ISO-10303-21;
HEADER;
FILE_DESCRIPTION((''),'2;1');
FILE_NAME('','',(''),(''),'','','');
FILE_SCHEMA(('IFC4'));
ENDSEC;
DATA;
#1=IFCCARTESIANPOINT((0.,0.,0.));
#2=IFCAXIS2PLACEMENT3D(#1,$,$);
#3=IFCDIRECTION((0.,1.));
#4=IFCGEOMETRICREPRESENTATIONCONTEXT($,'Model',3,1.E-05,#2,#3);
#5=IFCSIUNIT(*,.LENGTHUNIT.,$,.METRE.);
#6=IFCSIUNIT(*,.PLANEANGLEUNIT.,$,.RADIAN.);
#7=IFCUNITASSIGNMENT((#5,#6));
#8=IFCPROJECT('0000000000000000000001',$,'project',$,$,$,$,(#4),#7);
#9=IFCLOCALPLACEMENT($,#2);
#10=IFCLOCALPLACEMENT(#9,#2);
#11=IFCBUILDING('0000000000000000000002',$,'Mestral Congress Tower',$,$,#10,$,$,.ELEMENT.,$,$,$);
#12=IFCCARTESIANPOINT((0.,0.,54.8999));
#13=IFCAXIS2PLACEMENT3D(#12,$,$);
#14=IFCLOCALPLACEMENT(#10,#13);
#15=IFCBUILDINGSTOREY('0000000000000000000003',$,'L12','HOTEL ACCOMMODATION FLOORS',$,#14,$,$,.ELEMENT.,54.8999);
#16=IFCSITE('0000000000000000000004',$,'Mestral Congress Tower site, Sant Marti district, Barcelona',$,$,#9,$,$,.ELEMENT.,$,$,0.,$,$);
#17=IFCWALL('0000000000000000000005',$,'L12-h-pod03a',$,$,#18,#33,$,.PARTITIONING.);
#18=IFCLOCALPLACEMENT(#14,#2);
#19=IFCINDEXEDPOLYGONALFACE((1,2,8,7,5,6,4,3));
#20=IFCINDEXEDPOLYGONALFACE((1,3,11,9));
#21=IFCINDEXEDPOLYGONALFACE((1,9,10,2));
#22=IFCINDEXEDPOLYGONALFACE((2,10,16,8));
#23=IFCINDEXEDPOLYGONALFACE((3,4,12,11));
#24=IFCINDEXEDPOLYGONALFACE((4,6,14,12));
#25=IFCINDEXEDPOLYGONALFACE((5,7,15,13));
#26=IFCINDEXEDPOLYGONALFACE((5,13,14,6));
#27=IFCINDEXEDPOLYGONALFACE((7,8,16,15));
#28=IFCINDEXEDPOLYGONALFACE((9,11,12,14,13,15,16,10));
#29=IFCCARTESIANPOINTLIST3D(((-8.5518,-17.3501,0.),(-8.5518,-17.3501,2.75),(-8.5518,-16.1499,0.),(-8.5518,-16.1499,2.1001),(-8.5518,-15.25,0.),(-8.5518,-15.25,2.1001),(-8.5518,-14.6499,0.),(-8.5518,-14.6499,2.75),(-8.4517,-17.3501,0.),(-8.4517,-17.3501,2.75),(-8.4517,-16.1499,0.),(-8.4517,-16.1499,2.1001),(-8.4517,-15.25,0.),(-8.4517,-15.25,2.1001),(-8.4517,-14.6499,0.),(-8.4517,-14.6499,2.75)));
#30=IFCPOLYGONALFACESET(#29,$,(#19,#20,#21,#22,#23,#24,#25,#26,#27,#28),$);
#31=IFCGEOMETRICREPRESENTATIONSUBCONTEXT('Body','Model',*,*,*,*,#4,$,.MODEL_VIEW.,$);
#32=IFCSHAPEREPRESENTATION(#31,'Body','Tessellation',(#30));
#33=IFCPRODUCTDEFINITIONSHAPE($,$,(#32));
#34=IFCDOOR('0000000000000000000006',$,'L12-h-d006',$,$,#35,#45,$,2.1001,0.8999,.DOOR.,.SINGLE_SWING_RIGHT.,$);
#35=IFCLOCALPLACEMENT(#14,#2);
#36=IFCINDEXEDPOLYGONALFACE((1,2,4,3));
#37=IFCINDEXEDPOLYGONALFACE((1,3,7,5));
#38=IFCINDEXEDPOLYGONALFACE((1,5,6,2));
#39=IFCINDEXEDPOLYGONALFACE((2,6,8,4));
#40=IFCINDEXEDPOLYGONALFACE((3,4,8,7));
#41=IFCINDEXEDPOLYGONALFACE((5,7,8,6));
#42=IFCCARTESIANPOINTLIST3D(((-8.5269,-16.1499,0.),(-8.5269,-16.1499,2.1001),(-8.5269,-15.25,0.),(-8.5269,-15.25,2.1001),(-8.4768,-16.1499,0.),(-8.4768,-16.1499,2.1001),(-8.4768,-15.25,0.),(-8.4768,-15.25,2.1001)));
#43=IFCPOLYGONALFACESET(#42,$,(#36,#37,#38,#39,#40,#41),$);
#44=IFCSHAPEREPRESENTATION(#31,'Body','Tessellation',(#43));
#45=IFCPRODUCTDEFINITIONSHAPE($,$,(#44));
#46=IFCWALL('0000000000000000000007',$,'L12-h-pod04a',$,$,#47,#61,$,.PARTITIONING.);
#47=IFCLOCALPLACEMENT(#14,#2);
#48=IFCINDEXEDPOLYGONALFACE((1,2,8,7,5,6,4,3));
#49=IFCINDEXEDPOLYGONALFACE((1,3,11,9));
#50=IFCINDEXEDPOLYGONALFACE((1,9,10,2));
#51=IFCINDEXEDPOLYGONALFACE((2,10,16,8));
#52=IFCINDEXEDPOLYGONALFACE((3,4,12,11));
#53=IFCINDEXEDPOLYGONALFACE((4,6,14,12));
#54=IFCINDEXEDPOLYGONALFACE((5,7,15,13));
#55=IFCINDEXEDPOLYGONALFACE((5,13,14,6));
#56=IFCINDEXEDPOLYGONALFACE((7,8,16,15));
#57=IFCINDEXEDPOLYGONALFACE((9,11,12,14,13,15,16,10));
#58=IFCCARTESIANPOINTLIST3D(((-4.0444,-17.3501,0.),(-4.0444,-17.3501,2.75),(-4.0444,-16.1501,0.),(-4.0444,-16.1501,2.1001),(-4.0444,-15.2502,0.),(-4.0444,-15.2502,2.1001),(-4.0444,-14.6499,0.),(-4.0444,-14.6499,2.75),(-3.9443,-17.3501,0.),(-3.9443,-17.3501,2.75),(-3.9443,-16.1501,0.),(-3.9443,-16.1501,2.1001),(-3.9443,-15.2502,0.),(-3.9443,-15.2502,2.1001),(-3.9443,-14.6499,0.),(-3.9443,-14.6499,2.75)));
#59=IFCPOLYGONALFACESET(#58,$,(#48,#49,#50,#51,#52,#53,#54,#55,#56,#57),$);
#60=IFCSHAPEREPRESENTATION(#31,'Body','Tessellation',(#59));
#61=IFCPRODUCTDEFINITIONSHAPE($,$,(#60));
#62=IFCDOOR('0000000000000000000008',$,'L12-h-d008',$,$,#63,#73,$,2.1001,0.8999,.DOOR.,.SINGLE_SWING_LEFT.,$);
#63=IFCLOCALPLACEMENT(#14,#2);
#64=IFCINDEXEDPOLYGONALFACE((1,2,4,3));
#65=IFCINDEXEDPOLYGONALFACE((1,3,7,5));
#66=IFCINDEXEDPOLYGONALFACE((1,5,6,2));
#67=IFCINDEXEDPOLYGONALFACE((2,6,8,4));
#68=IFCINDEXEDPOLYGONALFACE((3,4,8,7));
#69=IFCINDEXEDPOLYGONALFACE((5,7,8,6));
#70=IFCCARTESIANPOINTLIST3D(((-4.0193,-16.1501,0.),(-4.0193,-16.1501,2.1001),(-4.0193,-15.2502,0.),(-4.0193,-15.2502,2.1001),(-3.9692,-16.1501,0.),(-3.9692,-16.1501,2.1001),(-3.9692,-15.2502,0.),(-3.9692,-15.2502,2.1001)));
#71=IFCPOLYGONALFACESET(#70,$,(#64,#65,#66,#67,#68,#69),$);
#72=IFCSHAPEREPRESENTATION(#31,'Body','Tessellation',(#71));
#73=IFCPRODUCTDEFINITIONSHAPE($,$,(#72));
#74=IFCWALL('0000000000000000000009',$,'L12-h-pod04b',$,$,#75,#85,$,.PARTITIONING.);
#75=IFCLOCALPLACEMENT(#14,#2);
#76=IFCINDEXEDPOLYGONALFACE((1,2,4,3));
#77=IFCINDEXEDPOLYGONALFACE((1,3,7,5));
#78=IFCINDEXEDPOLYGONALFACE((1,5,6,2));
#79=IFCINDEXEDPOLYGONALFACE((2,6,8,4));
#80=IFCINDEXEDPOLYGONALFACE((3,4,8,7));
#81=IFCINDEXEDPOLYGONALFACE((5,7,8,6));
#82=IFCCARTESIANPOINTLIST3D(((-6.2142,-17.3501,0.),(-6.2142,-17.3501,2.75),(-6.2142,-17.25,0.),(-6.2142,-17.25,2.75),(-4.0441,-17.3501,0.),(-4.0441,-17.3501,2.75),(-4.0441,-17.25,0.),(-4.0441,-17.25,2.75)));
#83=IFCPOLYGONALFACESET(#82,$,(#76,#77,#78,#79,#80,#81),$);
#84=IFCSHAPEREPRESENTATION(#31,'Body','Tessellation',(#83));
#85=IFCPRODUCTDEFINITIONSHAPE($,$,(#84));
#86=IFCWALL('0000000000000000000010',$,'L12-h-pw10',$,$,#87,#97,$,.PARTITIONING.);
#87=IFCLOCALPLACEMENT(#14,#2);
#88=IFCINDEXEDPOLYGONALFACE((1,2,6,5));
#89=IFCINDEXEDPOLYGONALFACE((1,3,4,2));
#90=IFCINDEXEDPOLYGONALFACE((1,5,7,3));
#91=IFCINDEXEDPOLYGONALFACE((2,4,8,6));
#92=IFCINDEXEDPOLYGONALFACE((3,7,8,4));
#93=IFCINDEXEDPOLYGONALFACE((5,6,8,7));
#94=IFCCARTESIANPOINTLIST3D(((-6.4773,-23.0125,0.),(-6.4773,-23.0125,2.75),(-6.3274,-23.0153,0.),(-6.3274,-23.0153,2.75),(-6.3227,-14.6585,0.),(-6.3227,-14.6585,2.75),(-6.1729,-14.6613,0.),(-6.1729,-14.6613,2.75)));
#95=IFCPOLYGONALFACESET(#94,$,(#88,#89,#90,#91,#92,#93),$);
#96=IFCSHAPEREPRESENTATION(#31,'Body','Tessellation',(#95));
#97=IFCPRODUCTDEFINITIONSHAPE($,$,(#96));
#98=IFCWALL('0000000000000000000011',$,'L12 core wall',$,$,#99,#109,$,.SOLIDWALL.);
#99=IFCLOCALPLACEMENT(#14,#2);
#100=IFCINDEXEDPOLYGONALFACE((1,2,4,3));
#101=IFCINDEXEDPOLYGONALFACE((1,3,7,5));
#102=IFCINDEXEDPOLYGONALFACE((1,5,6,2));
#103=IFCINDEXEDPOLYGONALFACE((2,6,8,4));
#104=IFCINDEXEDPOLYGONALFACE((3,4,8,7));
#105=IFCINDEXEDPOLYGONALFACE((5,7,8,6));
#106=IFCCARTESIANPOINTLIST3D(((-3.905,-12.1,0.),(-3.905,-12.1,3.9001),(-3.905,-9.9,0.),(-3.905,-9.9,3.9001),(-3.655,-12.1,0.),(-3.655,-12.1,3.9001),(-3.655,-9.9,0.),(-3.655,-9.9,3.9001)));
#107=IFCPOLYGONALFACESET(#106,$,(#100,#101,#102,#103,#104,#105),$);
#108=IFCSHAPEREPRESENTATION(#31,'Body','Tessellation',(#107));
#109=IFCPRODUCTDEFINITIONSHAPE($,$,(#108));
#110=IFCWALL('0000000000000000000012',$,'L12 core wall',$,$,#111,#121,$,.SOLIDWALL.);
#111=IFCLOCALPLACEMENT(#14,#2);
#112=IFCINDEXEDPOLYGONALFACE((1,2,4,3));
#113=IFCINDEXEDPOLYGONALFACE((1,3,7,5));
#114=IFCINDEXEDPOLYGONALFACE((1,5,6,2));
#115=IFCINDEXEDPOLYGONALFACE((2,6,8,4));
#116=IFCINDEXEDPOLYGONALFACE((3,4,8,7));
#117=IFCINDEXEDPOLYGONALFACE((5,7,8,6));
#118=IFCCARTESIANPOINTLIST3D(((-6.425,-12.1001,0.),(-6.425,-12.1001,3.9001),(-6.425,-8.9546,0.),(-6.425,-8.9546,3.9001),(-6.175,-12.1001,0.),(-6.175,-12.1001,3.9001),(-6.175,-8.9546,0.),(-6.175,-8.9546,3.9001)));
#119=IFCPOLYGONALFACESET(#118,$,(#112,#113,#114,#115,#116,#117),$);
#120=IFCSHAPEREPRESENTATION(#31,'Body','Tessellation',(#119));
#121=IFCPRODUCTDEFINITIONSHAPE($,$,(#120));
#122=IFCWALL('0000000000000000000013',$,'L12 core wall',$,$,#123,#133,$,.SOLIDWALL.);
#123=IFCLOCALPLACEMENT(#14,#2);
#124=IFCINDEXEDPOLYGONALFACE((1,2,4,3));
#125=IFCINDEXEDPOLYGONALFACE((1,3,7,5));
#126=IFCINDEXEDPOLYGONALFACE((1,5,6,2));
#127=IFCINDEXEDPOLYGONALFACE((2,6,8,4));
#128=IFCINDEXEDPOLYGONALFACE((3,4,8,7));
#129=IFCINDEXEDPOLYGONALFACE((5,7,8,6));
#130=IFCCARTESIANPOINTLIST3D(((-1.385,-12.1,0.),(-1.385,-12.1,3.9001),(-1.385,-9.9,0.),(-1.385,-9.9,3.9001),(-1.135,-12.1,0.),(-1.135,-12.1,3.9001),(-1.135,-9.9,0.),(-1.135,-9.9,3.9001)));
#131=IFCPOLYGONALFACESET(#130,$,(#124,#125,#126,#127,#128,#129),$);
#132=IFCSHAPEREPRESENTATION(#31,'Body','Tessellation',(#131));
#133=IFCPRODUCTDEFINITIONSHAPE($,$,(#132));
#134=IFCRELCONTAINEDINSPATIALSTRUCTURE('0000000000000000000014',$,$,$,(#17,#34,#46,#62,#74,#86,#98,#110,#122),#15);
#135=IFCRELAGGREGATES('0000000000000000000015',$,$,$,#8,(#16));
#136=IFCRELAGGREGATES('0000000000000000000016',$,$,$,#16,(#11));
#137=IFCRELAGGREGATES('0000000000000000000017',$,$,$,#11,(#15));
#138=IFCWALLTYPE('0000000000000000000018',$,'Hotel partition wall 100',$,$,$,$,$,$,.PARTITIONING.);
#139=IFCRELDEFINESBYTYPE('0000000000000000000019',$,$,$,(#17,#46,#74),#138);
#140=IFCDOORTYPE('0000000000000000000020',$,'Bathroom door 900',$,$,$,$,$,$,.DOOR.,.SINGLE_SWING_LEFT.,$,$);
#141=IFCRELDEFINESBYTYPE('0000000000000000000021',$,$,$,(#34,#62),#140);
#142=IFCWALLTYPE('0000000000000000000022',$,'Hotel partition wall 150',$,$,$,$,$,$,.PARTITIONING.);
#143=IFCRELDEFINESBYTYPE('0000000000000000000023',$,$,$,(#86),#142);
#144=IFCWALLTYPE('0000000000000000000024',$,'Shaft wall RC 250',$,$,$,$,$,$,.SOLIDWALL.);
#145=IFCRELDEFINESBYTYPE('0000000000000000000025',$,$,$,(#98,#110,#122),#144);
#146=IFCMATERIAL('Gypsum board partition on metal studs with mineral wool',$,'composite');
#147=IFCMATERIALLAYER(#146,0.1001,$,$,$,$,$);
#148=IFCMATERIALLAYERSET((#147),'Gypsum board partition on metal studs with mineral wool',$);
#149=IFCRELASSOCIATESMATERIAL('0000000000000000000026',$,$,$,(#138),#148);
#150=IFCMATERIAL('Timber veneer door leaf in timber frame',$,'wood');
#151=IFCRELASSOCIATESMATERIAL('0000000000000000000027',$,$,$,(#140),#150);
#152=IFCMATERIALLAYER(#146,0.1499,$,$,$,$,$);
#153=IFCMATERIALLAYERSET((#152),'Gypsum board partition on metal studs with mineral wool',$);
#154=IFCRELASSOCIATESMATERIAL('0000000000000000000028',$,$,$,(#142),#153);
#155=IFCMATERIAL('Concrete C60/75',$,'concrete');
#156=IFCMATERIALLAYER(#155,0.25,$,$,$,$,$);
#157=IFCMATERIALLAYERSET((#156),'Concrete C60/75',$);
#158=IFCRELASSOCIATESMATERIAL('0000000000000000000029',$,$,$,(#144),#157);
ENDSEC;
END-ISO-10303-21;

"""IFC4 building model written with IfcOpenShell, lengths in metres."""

from ifc_helpers import new_model, si_unit, direction, frame, frame_2d, origin, place, context, subcontext, project, spatial, rectangle, extrude, material, layer, layer_set, type_object, element, fill, save


model = new_model("IFC4")

# Units and contexts
model_context = context("Model", 3, precision=1e-05, world=origin(), true_north=direction((0.0, 1.0)))
body_context = subcontext(model_context, "Body", "Model", "MODEL_VIEW")
ifc_project = project(units=[si_unit("LENGTHUNIT", "METRE"), si_unit("PLANEANGLEUNIT", "RADIAN")], contexts=[model_context])

# Site, building, storey
site_placement = place(None, origin())
site = spatial("IfcSite", under=ifc_project, at=site_placement, Name="Mestral Congress Tower site, Sant Marti district, Barcelona", CompositionType="ELEMENT", RefElevation=0.0)
building_placement = place(site_placement, origin())
building = spatial("IfcBuilding", under=site, at=building_placement, Name="Mestral Congress Tower", CompositionType="ELEMENT")
storey_placement = place(building_placement, frame((0.0, 0.0, 54.8999)))
storey = spatial("IfcBuildingStorey", under=building, at=storey_placement, Name="L12", Description="HOTEL ACCOMMODATION FLOORS", CompositionType="ELEMENT", Elevation=54.8999)

# Wall, opening, door
ifc_material_1 = material(Name="Gypsum board partition on metal studs with mineral wool", Category="composite")
ifc_layer_1 = layer(ifc_material_1, 0.1001)
ifc_layer_set_1 = layer_set([ifc_layer_1], Name="Gypsum board partition on metal studs with mineral wool")
wall_type_1 = type_object("IfcWallType", Name="Hotel partition wall 100", PredefinedType="PARTITIONING", material=ifc_layer_set_1)
wall_1_placement = place(storey_placement, frame((-8.5017, -14.6499, 0.0), z_axis=(0.0, 0.0, 1.0), x_axis=(0.0, -1.0, 0.0)))
wall_1 = element("IfcWall", 1, at=wall_1_placement, inside=storey, type_object=wall_type_1, Name="L12-h-pod03a", PredefinedType="PARTITIONING", context=body_context, shape_type="SweptSolid", body=[
    extrude(rectangle(XDim=2.7002, YDim=0.1001, at=frame_2d((1.3501, 0.0))), origin(), (0.0, 0.0, 1.0), 2.75),
])
opening_1_placement = place(wall_1_placement, frame((0.6001, 0.0, 0.0)))
opening_1 = element("IfcOpeningElement", 2, at=opening_1_placement, cuts=wall_1, PredefinedType="OPENING", context=body_context, shape_type="SweptSolid", body=[
    extrude(rectangle(XDim=0.8999, YDim=2.1001, at=frame_2d((0.45, 1.05))), frame((0.0, 0.0601, 0.0), z_axis=(0.0, -1.0, 0.0), x_axis=(1.0, 0.0, 0.0)), (0.0, 0.0, 1.0), 0.1201),
])
ifc_material_2 = material(Name="Timber veneer door leaf in timber frame", Category="wood")
door_type = type_object("IfcDoorType", Name="Bathroom door 900", OperationType="SINGLE_SWING_LEFT", PredefinedType="DOOR", material=ifc_material_2)
door_1_placement = place(opening_1_placement, origin())
door_1 = element("IfcDoor", 3, at=door_1_placement, inside=storey, type_object=door_type, Name="L12-h-d006", OperationType="SINGLE_SWING_RIGHT", OverallHeight=2.1001, OverallWidth=0.8999, PredefinedType="DOOR", context=body_context, shape_type="SweptSolid", body=[
    extrude(rectangle(XDim=0.8999, YDim=2.1001, at=frame_2d((0.45, 1.05))), frame((0.0, 0.0249, 0.0), z_axis=(0.0, -1.0, 0.0), x_axis=(1.0, 0.0, 0.0)), (0.0, 0.0, 1.0), 0.05),
])
fill(opening_1, door_1)

# Wall, opening, door
wall_2_placement = place(storey_placement, frame((-3.9944, -17.3501, 0.0), z_axis=(0.0, 0.0, 1.0), x_axis=(0.0, 1.0, 0.0)))
wall_2 = element("IfcWall", 4, at=wall_2_placement, inside=storey, type_object=wall_type_1, Name="L12-h-pod04a", PredefinedType="PARTITIONING", context=body_context, shape_type="SweptSolid", body=[
    extrude(rectangle(XDim=2.7002, YDim=0.1001, at=frame_2d((1.3501, 0.0))), origin(), (0.0, 0.0, 1.0), 2.75),
])
opening_2_placement = place(wall_2_placement, frame((1.2, 0.0, 0.0)))
opening_2 = element("IfcOpeningElement", 5, at=opening_2_placement, cuts=wall_2, PredefinedType="OPENING", context=body_context, shape_type="SweptSolid", body=[
    extrude(rectangle(XDim=0.8999, YDim=2.1001, at=frame_2d((0.45, 1.05))), frame((0.0, 0.0601, 0.0), z_axis=(0.0, -1.0, 0.0), x_axis=(1.0, 0.0, 0.0)), (0.0, 0.0, 1.0), 0.1201),
])
door_2_placement = place(opening_2_placement, origin())
door_2 = element("IfcDoor", 6, at=door_2_placement, inside=storey, type_object=door_type, Name="L12-h-d008", OperationType="SINGLE_SWING_LEFT", OverallHeight=2.1001, OverallWidth=0.8999, PredefinedType="DOOR", context=body_context, shape_type="SweptSolid", body=[
    extrude(rectangle(XDim=0.8999, YDim=2.1001, at=frame_2d((0.45, 1.05))), frame((0.0, 0.0249, 0.0), z_axis=(0.0, -1.0, 0.0), x_axis=(1.0, 0.0, 0.0)), (0.0, 0.0, 1.0), 0.05),
])
fill(opening_2, door_2)

# Walls
wall_3_placement = place(storey_placement, frame((-4.0442, -17.3, 0.0), z_axis=(0.0, 0.0, 1.0), x_axis=(-1.0, 0.0, 0.0)))
element("IfcWall", 7, at=wall_3_placement, inside=storey, type_object=wall_type_1, Name="L12-h-pod04b", PredefinedType="PARTITIONING", context=body_context, shape_type="SweptSolid", body=[
    extrude(rectangle(XDim=2.1702, YDim=0.1001, at=frame_2d((1.085, 0.0))), origin(), (0.0, 0.0, 1.0), 2.75),
])
ifc_layer_2 = layer(ifc_material_1, 0.1499)
ifc_layer_set_2 = layer_set([ifc_layer_2], Name="Gypsum board partition on metal studs with mineral wool")
wall_type_2 = type_object("IfcWallType", Name="Hotel partition wall 150", PredefinedType="PARTITIONING", material=ifc_layer_set_2)
wall_4_placement = place(storey_placement, frame((-6.4023, -23.0139, 0.0), z_axis=(0.0, 0.0, 1.0), x_axis=(0.018496, 0.999829, 0.0)))
element("IfcWall", 8, at=wall_4_placement, inside=storey, type_object=wall_type_2, Name="L12-h-pw10", PredefinedType="PARTITIONING", context=body_context, shape_type="SweptSolid", body=[
    extrude(rectangle(XDim=8.3555, YDim=0.1499, at=frame_2d((4.1777, 0.0))), origin(), (0.0, 0.0, 1.0), 2.75),
])
ifc_material_3 = material(Name="Concrete C60/75", Category="concrete")
ifc_layer_3 = layer(ifc_material_3, 0.25)
ifc_layer_set_3 = layer_set([ifc_layer_3], Name="Concrete C60/75")
wall_type_3 = type_object("IfcWallType", Name="Shaft wall RC 250", PredefinedType="SOLIDWALL", material=ifc_layer_set_3)
wall_5_placement = place(storey_placement, frame((-3.78, -12.1001, 0.0), z_axis=(0.0, 0.0, 1.0), x_axis=(0.0, 1.0, 0.0)))
element("IfcWall", 9, at=wall_5_placement, inside=storey, type_object=wall_type_3, Name="L12 core wall", PredefinedType="SOLIDWALL", context=body_context, shape_type="SweptSolid", body=[
    extrude(rectangle(XDim=2.2, YDim=0.25, at=frame_2d((1.1001, 0.0))), origin(), (0.0, 0.0, 1.0), 3.9001),
])
wall_6_placement = place(storey_placement, frame((-6.3, -12.1001, 0.0), z_axis=(0.0, 0.0, 1.0), x_axis=(0.0, 1.0, 0.0)))
element("IfcWall", 10, at=wall_6_placement, inside=storey, type_object=wall_type_3, Name="L12 core wall", PredefinedType="SOLIDWALL", context=body_context, shape_type="SweptSolid", body=[
    extrude(rectangle(XDim=3.1455, YDim=0.25, at=frame_2d((1.5728, 0.0))), origin(), (0.0, 0.0, 1.0), 3.9001),
])
wall_7_placement = place(storey_placement, frame((-1.26, -12.1001, 0.0), z_axis=(0.0, 0.0, 1.0), x_axis=(0.0, 1.0, 0.0)))
element("IfcWall", 11, at=wall_7_placement, inside=storey, type_object=wall_type_3, Name="L12 core wall", PredefinedType="SOLIDWALL", context=body_context, shape_type="SweptSolid", body=[
    extrude(rectangle(XDim=2.2, YDim=0.25, at=frame_2d((1.1001, 0.0))), origin(), (0.0, 0.0, 1.0), 3.9001),
])

save(model, "model.ifc")
